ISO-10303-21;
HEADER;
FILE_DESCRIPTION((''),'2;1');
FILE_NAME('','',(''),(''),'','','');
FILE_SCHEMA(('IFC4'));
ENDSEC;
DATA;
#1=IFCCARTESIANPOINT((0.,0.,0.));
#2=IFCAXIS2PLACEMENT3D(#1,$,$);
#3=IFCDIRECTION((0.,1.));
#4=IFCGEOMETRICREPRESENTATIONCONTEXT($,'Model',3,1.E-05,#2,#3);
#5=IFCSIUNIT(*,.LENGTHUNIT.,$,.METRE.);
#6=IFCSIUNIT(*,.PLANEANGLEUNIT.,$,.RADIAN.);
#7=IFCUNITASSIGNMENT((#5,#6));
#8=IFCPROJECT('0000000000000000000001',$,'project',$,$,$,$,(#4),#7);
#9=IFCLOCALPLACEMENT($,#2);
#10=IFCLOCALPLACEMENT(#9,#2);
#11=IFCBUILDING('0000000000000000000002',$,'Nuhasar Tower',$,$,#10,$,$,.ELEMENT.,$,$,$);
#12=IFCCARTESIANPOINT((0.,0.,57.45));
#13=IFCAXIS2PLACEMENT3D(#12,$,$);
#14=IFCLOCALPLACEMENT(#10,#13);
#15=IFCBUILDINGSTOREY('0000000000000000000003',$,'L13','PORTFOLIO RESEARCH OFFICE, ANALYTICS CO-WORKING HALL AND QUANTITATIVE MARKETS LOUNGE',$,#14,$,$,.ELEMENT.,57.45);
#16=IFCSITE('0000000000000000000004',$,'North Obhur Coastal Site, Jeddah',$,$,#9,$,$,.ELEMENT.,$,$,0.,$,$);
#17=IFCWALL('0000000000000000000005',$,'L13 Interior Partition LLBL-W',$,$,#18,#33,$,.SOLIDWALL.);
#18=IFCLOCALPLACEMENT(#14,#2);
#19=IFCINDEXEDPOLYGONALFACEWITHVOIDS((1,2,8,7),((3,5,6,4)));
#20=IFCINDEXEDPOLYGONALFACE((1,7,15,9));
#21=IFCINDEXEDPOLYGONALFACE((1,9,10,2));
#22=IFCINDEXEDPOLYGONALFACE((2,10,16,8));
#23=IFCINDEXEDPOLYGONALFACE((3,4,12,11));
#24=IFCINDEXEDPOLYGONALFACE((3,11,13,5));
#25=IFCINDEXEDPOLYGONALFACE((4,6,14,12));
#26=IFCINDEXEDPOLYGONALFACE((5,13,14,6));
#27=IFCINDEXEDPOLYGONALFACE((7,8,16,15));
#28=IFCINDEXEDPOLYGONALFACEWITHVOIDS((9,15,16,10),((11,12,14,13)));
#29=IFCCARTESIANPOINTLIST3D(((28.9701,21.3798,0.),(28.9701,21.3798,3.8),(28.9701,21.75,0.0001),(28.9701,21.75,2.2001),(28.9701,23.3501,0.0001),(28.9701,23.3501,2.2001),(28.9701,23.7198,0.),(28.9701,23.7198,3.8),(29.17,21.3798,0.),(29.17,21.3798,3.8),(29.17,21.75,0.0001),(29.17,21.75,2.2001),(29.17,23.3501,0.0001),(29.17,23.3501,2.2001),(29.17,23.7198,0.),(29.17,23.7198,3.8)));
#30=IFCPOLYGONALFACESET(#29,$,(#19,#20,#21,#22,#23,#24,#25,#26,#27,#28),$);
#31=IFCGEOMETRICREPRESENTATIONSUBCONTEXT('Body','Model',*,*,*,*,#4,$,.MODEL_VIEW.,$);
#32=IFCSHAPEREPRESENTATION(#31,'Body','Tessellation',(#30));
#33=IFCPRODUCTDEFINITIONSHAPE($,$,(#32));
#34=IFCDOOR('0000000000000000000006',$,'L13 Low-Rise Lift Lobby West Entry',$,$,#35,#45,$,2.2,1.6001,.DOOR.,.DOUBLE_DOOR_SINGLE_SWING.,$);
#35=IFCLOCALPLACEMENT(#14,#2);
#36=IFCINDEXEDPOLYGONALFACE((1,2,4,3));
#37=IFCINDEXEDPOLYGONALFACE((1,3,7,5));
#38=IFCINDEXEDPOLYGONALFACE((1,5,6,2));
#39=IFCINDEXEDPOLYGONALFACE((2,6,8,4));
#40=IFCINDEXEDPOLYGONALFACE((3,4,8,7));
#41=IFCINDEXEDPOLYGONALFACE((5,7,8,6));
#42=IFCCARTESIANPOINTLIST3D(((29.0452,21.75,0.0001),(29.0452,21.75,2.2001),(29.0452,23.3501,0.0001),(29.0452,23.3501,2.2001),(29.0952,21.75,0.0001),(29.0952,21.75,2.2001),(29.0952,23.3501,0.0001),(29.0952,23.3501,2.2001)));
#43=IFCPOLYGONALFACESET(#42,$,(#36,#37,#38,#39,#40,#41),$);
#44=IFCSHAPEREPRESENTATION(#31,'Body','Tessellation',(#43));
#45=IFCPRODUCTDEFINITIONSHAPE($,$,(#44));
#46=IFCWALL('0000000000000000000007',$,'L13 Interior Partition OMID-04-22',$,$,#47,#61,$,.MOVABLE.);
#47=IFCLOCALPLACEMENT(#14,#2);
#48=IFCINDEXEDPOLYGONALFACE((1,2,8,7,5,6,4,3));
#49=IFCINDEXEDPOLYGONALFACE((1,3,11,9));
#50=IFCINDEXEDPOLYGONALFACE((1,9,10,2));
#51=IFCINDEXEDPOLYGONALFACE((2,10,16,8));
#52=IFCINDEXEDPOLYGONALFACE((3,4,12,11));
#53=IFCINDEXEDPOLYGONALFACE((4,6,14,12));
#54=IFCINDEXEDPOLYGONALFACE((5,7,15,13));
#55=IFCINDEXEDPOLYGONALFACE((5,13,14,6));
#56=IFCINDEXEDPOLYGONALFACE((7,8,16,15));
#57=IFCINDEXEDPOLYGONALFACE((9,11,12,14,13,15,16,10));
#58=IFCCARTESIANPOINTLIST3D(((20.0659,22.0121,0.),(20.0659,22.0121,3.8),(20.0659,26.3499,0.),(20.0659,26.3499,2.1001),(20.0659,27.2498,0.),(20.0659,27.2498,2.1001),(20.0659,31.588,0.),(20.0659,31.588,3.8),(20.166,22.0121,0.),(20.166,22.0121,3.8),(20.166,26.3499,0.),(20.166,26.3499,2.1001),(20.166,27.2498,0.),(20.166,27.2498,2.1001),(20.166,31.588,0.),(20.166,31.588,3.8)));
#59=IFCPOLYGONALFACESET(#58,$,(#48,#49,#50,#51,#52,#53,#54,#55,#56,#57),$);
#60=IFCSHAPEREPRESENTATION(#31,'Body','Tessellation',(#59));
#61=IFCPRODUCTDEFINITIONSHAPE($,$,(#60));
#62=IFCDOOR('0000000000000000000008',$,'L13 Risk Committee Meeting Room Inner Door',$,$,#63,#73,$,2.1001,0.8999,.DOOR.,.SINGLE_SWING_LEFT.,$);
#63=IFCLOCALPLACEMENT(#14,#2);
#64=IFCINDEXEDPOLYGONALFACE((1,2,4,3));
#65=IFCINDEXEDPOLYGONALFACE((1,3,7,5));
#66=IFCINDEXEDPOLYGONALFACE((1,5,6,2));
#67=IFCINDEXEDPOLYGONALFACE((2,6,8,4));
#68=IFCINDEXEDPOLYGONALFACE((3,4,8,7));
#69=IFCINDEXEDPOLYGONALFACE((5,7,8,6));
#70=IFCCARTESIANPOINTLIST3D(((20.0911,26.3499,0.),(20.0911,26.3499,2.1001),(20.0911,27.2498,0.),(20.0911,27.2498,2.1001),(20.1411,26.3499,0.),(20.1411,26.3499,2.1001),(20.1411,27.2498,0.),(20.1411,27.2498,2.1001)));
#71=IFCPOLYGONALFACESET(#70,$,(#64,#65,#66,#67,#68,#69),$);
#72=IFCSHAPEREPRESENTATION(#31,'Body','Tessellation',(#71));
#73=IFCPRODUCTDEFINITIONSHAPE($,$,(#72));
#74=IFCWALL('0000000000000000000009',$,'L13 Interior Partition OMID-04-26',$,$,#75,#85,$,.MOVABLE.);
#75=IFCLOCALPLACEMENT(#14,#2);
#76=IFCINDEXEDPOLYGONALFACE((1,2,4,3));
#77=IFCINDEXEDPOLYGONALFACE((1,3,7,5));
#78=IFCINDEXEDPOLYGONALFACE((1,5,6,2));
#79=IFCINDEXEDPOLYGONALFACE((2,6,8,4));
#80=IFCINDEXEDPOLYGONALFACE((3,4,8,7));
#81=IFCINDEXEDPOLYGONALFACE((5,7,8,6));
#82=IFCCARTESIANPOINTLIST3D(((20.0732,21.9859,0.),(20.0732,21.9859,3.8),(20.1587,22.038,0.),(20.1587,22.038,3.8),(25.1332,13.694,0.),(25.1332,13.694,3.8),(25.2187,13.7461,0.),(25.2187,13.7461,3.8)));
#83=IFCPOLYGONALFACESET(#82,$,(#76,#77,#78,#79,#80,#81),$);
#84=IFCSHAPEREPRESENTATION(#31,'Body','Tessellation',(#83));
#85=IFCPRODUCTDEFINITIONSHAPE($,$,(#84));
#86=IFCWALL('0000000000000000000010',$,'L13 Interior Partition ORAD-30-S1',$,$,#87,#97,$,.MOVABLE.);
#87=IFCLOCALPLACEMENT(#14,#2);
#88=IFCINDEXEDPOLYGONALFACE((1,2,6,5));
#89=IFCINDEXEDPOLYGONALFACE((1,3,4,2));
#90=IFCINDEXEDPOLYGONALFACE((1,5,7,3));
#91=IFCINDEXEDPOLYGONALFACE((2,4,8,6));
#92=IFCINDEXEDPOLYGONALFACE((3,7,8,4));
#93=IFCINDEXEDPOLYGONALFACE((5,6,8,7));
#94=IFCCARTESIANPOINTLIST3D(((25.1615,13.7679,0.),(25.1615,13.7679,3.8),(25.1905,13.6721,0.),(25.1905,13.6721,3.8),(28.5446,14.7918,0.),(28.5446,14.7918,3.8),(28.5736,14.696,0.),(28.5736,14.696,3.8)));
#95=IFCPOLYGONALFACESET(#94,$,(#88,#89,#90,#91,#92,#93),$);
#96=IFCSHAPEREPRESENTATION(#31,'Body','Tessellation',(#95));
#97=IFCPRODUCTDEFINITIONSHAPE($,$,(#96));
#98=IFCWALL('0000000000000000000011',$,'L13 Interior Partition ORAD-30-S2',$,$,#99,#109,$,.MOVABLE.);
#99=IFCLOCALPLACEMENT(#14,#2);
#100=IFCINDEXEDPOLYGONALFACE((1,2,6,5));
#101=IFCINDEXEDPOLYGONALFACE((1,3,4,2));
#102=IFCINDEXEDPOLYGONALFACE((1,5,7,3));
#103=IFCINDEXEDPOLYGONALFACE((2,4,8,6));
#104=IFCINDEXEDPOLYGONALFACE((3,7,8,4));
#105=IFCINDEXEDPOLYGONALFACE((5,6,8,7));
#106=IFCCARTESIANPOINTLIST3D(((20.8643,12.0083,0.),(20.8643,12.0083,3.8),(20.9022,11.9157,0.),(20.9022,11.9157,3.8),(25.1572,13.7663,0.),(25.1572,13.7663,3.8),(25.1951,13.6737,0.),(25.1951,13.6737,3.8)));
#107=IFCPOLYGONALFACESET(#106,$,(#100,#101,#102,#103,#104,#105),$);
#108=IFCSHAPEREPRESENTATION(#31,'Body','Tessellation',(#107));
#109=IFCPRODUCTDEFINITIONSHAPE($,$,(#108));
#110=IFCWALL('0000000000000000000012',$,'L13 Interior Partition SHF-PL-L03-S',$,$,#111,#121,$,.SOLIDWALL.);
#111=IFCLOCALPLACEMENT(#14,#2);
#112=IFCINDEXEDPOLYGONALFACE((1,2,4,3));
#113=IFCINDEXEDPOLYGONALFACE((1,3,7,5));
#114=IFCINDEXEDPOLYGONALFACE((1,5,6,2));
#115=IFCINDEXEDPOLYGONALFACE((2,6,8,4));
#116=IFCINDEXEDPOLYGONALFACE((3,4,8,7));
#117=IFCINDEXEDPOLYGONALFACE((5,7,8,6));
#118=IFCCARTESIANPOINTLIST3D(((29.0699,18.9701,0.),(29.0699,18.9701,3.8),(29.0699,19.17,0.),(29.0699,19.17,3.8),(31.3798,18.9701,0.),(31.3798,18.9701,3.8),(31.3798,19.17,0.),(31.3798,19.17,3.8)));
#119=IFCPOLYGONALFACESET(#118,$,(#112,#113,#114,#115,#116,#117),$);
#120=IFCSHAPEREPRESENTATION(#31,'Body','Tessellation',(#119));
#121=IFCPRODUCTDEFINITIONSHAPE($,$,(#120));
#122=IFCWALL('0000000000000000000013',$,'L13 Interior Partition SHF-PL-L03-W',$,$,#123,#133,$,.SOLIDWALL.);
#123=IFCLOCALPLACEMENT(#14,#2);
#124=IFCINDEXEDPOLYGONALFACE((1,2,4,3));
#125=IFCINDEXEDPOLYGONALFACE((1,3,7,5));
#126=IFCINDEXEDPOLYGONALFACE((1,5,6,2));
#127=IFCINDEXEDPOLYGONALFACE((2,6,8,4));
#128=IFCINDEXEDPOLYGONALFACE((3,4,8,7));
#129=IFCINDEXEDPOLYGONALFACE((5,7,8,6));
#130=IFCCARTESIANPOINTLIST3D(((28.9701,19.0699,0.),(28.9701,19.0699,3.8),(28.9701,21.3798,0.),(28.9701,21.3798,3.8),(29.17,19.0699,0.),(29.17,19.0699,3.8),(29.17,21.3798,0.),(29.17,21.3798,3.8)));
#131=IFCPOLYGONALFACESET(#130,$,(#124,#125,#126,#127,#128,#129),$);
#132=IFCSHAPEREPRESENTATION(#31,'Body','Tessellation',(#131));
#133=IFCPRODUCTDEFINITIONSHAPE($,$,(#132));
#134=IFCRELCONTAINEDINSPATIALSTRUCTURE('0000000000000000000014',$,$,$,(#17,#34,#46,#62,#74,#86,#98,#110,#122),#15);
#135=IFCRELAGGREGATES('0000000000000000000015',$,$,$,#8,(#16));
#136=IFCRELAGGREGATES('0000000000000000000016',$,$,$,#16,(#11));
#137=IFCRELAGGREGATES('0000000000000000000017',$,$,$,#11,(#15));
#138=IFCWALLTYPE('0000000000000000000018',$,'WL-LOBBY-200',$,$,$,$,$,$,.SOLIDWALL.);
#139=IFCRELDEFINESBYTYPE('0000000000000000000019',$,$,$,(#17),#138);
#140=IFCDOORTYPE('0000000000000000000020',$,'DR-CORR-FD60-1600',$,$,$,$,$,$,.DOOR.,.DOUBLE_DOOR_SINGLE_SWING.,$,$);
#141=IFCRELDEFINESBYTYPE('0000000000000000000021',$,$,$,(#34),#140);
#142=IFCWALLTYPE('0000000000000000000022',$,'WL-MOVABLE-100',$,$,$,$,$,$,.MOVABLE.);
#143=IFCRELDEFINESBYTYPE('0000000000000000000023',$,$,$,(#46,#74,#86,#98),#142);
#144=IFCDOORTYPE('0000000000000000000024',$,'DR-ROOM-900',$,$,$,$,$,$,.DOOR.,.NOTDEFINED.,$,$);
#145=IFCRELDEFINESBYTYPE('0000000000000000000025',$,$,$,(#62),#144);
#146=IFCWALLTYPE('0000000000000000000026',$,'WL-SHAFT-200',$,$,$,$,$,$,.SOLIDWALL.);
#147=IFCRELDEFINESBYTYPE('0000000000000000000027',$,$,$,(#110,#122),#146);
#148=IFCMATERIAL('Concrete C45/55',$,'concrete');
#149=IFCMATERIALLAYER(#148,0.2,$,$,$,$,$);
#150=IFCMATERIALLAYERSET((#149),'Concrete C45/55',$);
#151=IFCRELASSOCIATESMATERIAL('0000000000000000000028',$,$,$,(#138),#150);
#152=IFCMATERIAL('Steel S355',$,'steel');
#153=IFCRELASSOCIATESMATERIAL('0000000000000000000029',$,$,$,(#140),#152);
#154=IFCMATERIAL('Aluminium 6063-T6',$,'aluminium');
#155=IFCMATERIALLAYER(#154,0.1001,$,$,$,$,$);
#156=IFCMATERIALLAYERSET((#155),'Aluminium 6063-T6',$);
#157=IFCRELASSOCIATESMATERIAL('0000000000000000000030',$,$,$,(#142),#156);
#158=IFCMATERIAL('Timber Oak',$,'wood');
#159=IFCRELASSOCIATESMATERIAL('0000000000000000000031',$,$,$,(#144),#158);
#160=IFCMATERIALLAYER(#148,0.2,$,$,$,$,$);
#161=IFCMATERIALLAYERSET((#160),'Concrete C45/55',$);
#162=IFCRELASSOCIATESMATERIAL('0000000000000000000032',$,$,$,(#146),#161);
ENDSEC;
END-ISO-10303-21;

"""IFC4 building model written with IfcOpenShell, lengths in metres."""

from ifc_helpers import new_model, si_unit, direction, frame, frame_2d, origin, place, context, subcontext, project, spatial, rectangle, extrude, material, layer, layer_set, type_object, element, fill, save


model = new_model("IFC4")

# Units and contexts
model_context = context("Model", 3, precision=1e-05, world=origin(), true_north=direction((0.0, 1.0)))
body_context = subcontext(model_context, "Body", "Model", "MODEL_VIEW")
ifc_project = project(units=[si_unit("LENGTHUNIT", "METRE"), si_unit("PLANEANGLEUNIT", "RADIAN")], contexts=[model_context])

# Site, building, storey
site_placement = place(None, origin())
site = spatial("IfcSite", under=ifc_project, at=site_placement, Name="North Obhur Coastal Site, Jeddah", CompositionType="ELEMENT", RefElevation=0.0)
building_placement = place(site_placement, origin())
building = spatial("IfcBuilding", under=site, at=building_placement, Name="Nuhasar Tower", CompositionType="ELEMENT")
storey_placement = place(building_placement, frame((0.0, 0.0, 57.45)))
storey = spatial("IfcBuildingStorey", under=building, at=storey_placement, Name="L13", Description="PORTFOLIO RESEARCH OFFICE, ANALYTICS CO-WORKING HALL AND QUANTITATIVE MARKETS LOUNGE", CompositionType="ELEMENT", Elevation=57.45)

# Shared definitions
ifc_material_1 = material(Name="Steel S355", Category="steel")

# Shared definitions
ifc_material_2 = material(Name="Aluminium 6063-T6", Category="aluminium")

# Walls, openings, doors
ifc_material_3 = material(Name="Concrete C45/55", Category="concrete")
ifc_layer_1 = layer(ifc_material_3, 0.2)
ifc_layer_set_1 = layer_set([ifc_layer_1], Name="Concrete C45/55")
wall_type_1 = type_object("IfcWallType", Name="WL-LOBBY-200", PredefinedType="SOLIDWALL", material=ifc_layer_set_1)
wall_1_placement = place(storey_placement, frame((29.0701, 21.3799, 0.0), z_axis=(0.0, 0.0, 1.0), x_axis=(0.0, 1.0, 0.0)))
wall_1 = element("IfcWall", 1, at=wall_1_placement, inside=storey, type_object=wall_type_1, Name="L13 Interior Partition LLBL-W", PredefinedType="SOLIDWALL", context=body_context, shape_type="SweptSolid", body=[
    extrude(rectangle(XDim=2.3401, YDim=0.2, at=frame_2d((1.1699, 0.0))), origin(), (0.0, 0.0, 1.0), 3.8),
])
opening_1_placement = place(wall_1_placement, frame((0.3701, 0.0, 0.0)))
opening_1 = element("IfcOpeningElement", 2, at=opening_1_placement, cuts=wall_1, PredefinedType="OPENING", context=body_context, shape_type="SweptSolid", body=[
    extrude(rectangle(XDim=1.6001, YDim=2.2, at=frame_2d((0.8, 1.1001))), frame((0.0, 0.1099, 0.0), z_axis=(0.0, -1.0, 0.0), x_axis=(1.0, 0.0, 0.0)), (0.0, 0.0, 1.0), 0.22),
])
door_type_1 = type_object("IfcDoorType", Name="DR-CORR-FD60-1600", OperationType="DOUBLE_DOOR_SINGLE_SWING", PredefinedType="DOOR", material=ifc_material_1)
door_1_placement = place(opening_1_placement, origin())
door_1 = element("IfcDoor", 3, at=door_1_placement, inside=storey, type_object=door_type_1, Name="L13 Low-Rise Lift Lobby West Entry", OperationType="DOUBLE_DOOR_SINGLE_SWING", OverallHeight=2.2, OverallWidth=1.6001, PredefinedType="DOOR", context=body_context, shape_type="SweptSolid", body=[
    extrude(rectangle(XDim=1.6001, YDim=2.2, at=frame_2d((0.8, 1.1001))), frame((0.0, 0.0249, 0.0), z_axis=(0.0, -1.0, 0.0), x_axis=(1.0, 0.0, 0.0)), (0.0, 0.0, 1.0), 0.05),
])
fill(opening_1, door_1)
ifc_layer_2 = layer(ifc_material_2, 0.1001)
ifc_layer_set_2 = layer_set([ifc_layer_2], Name="Aluminium 6063-T6")
wall_type_2 = type_object("IfcWallType", Name="WL-MOVABLE-100", PredefinedType="MOVABLE", material=ifc_layer_set_2)
wall_2_placement = place(storey_placement, frame((20.116, 22.012, 0.0), z_axis=(0.0, 0.0, 1.0), x_axis=(0.0, 1.0, 0.0)))
wall_2 = element("IfcWall", 4, at=wall_2_placement, inside=storey, type_object=wall_type_2, Name="L13 Interior Partition OMID-04-22", PredefinedType="MOVABLE", context=body_context, shape_type="SweptSolid", body=[
    extrude(rectangle(XDim=9.5759, YDim=0.1001, at=frame_2d((4.7881, 0.0))), origin(), (0.0, 0.0, 1.0), 3.8),
])
opening_2_placement = place(wall_2_placement, frame((4.3379, 0.0, 0.0)))
opening_2 = element("IfcOpeningElement", 5, at=opening_2_placement, cuts=wall_2, PredefinedType="OPENING", context=body_context, shape_type="SweptSolid", body=[
    extrude(rectangle(XDim=0.8999, YDim=2.1001, at=frame_2d((0.45, 1.05))), frame((0.0, 0.0601, 0.0), z_axis=(0.0, -1.0, 0.0), x_axis=(1.0, 0.0, 0.0)), (0.0, 0.0, 1.0), 0.1201),
])
ifc_material_4 = material(Name="Timber Oak", Category="wood")
door_type_2 = type_object("IfcDoorType", Name="DR-ROOM-900", OperationType="NOTDEFINED", PredefinedType="DOOR", material=ifc_material_4)
door_2_placement = place(opening_2_placement, origin())
door_2 = element("IfcDoor", 6, at=door_2_placement, inside=storey, type_object=door_type_2, Name="L13 Risk Committee Meeting Room Inner Door", OperationType="SINGLE_SWING_LEFT", OverallHeight=2.1001, OverallWidth=0.8999, PredefinedType="DOOR", context=body_context, shape_type="SweptSolid", body=[
    extrude(rectangle(XDim=0.8999, YDim=2.1001, at=frame_2d((0.45, 1.05))), frame((0.0, 0.0249, 0.0), z_axis=(0.0, -1.0, 0.0), x_axis=(1.0, 0.0, 0.0)), (0.0, 0.0, 1.0), 0.05),
])
fill(opening_2, door_2)

# Walls
wall_3_placement = place(storey_placement, frame((20.116, 22.012, 0.0), z_axis=(0.0, 0.0, 1.0), x_axis=(0.520905, -0.853615, 0.0)))
element("IfcWall", 7, at=wall_3_placement, inside=storey, type_object=wall_type_2, Name="L13 Interior Partition OMID-04-26", PredefinedType="MOVABLE", context=body_context, shape_type="SweptSolid", body=[
    extrude(rectangle(XDim=9.7139, YDim=0.1001, at=frame_2d((4.8569, 0.0))), origin(), (0.0, 0.0, 1.0), 3.8),
])
wall_4_placement = place(storey_placement, frame((28.5591, 14.7439, 0.0), z_axis=(0.0, 0.0, 1.0), x_axis=(-0.957122, -0.289685, 0.0)))
element("IfcWall", 8, at=wall_4_placement, inside=storey, type_object=wall_type_2, Name="L13 Interior Partition ORAD-30-S1", PredefinedType="MOVABLE", context=body_context, shape_type="SweptSolid", body=[
    extrude(rectangle(XDim=3.5347, YDim=0.1001, at=frame_2d((1.7673, 0.0))), origin(), (0.0, 0.0, 1.0), 3.8),
])
wall_5_placement = place(storey_placement, frame((25.176, 13.72, 0.0), z_axis=(0.0, 0.0, 1.0), x_axis=(-0.925408, -0.378973, 0.0)))
element("IfcWall", 9, at=wall_5_placement, inside=storey, type_object=wall_type_2, Name="L13 Interior Partition ORAD-30-S2", PredefinedType="MOVABLE", context=body_context, shape_type="SweptSolid", body=[
    extrude(rectangle(XDim=4.6389, YDim=0.1001, at=frame_2d((2.3193, 0.0))), origin(), (0.0, 0.0, 1.0), 3.8),
])
ifc_layer_3 = layer(ifc_material_3, 0.2)
ifc_layer_set_3 = layer_set([ifc_layer_3], Name="Concrete C45/55")
wall_type_3 = type_object("IfcWallType", Name="WL-SHAFT-200", PredefinedType="SOLIDWALL", material=ifc_layer_set_3)
wall_6_placement = place(storey_placement, frame((29.0701, 19.0701, 0.0), z_axis=(0.0, 0.0, 1.0), x_axis=(1.0, 0.0, 0.0)))
element("IfcWall", 10, at=wall_6_placement, inside=storey, type_object=wall_type_3, Name="L13 Interior Partition SHF-PL-L03-S", PredefinedType="SOLIDWALL", context=body_context, shape_type="SweptSolid", body=[
    extrude(rectangle(XDim=2.3098, YDim=0.2, at=frame_2d((1.1548, 0.0))), origin(), (0.0, 0.0, 1.0), 3.8),
])

# Wall
wall_7_placement = place(storey_placement, frame((29.0701, 19.0701, 0.0), z_axis=(0.0, 0.0, 1.0), x_axis=(0.0, 1.0, 0.0)))
element("IfcWall", 11, at=wall_7_placement, inside=storey, type_object=wall_type_3, Name="L13 Interior Partition SHF-PL-L03-W", PredefinedType="SOLIDWALL", context=body_context, shape_type="SweptSolid", body=[
    extrude(rectangle(XDim=2.3098, YDim=0.2, at=frame_2d((1.1548, 0.0))), origin(), (0.0, 0.0, 1.0), 3.8),
])

save(model, "model.ifc")
